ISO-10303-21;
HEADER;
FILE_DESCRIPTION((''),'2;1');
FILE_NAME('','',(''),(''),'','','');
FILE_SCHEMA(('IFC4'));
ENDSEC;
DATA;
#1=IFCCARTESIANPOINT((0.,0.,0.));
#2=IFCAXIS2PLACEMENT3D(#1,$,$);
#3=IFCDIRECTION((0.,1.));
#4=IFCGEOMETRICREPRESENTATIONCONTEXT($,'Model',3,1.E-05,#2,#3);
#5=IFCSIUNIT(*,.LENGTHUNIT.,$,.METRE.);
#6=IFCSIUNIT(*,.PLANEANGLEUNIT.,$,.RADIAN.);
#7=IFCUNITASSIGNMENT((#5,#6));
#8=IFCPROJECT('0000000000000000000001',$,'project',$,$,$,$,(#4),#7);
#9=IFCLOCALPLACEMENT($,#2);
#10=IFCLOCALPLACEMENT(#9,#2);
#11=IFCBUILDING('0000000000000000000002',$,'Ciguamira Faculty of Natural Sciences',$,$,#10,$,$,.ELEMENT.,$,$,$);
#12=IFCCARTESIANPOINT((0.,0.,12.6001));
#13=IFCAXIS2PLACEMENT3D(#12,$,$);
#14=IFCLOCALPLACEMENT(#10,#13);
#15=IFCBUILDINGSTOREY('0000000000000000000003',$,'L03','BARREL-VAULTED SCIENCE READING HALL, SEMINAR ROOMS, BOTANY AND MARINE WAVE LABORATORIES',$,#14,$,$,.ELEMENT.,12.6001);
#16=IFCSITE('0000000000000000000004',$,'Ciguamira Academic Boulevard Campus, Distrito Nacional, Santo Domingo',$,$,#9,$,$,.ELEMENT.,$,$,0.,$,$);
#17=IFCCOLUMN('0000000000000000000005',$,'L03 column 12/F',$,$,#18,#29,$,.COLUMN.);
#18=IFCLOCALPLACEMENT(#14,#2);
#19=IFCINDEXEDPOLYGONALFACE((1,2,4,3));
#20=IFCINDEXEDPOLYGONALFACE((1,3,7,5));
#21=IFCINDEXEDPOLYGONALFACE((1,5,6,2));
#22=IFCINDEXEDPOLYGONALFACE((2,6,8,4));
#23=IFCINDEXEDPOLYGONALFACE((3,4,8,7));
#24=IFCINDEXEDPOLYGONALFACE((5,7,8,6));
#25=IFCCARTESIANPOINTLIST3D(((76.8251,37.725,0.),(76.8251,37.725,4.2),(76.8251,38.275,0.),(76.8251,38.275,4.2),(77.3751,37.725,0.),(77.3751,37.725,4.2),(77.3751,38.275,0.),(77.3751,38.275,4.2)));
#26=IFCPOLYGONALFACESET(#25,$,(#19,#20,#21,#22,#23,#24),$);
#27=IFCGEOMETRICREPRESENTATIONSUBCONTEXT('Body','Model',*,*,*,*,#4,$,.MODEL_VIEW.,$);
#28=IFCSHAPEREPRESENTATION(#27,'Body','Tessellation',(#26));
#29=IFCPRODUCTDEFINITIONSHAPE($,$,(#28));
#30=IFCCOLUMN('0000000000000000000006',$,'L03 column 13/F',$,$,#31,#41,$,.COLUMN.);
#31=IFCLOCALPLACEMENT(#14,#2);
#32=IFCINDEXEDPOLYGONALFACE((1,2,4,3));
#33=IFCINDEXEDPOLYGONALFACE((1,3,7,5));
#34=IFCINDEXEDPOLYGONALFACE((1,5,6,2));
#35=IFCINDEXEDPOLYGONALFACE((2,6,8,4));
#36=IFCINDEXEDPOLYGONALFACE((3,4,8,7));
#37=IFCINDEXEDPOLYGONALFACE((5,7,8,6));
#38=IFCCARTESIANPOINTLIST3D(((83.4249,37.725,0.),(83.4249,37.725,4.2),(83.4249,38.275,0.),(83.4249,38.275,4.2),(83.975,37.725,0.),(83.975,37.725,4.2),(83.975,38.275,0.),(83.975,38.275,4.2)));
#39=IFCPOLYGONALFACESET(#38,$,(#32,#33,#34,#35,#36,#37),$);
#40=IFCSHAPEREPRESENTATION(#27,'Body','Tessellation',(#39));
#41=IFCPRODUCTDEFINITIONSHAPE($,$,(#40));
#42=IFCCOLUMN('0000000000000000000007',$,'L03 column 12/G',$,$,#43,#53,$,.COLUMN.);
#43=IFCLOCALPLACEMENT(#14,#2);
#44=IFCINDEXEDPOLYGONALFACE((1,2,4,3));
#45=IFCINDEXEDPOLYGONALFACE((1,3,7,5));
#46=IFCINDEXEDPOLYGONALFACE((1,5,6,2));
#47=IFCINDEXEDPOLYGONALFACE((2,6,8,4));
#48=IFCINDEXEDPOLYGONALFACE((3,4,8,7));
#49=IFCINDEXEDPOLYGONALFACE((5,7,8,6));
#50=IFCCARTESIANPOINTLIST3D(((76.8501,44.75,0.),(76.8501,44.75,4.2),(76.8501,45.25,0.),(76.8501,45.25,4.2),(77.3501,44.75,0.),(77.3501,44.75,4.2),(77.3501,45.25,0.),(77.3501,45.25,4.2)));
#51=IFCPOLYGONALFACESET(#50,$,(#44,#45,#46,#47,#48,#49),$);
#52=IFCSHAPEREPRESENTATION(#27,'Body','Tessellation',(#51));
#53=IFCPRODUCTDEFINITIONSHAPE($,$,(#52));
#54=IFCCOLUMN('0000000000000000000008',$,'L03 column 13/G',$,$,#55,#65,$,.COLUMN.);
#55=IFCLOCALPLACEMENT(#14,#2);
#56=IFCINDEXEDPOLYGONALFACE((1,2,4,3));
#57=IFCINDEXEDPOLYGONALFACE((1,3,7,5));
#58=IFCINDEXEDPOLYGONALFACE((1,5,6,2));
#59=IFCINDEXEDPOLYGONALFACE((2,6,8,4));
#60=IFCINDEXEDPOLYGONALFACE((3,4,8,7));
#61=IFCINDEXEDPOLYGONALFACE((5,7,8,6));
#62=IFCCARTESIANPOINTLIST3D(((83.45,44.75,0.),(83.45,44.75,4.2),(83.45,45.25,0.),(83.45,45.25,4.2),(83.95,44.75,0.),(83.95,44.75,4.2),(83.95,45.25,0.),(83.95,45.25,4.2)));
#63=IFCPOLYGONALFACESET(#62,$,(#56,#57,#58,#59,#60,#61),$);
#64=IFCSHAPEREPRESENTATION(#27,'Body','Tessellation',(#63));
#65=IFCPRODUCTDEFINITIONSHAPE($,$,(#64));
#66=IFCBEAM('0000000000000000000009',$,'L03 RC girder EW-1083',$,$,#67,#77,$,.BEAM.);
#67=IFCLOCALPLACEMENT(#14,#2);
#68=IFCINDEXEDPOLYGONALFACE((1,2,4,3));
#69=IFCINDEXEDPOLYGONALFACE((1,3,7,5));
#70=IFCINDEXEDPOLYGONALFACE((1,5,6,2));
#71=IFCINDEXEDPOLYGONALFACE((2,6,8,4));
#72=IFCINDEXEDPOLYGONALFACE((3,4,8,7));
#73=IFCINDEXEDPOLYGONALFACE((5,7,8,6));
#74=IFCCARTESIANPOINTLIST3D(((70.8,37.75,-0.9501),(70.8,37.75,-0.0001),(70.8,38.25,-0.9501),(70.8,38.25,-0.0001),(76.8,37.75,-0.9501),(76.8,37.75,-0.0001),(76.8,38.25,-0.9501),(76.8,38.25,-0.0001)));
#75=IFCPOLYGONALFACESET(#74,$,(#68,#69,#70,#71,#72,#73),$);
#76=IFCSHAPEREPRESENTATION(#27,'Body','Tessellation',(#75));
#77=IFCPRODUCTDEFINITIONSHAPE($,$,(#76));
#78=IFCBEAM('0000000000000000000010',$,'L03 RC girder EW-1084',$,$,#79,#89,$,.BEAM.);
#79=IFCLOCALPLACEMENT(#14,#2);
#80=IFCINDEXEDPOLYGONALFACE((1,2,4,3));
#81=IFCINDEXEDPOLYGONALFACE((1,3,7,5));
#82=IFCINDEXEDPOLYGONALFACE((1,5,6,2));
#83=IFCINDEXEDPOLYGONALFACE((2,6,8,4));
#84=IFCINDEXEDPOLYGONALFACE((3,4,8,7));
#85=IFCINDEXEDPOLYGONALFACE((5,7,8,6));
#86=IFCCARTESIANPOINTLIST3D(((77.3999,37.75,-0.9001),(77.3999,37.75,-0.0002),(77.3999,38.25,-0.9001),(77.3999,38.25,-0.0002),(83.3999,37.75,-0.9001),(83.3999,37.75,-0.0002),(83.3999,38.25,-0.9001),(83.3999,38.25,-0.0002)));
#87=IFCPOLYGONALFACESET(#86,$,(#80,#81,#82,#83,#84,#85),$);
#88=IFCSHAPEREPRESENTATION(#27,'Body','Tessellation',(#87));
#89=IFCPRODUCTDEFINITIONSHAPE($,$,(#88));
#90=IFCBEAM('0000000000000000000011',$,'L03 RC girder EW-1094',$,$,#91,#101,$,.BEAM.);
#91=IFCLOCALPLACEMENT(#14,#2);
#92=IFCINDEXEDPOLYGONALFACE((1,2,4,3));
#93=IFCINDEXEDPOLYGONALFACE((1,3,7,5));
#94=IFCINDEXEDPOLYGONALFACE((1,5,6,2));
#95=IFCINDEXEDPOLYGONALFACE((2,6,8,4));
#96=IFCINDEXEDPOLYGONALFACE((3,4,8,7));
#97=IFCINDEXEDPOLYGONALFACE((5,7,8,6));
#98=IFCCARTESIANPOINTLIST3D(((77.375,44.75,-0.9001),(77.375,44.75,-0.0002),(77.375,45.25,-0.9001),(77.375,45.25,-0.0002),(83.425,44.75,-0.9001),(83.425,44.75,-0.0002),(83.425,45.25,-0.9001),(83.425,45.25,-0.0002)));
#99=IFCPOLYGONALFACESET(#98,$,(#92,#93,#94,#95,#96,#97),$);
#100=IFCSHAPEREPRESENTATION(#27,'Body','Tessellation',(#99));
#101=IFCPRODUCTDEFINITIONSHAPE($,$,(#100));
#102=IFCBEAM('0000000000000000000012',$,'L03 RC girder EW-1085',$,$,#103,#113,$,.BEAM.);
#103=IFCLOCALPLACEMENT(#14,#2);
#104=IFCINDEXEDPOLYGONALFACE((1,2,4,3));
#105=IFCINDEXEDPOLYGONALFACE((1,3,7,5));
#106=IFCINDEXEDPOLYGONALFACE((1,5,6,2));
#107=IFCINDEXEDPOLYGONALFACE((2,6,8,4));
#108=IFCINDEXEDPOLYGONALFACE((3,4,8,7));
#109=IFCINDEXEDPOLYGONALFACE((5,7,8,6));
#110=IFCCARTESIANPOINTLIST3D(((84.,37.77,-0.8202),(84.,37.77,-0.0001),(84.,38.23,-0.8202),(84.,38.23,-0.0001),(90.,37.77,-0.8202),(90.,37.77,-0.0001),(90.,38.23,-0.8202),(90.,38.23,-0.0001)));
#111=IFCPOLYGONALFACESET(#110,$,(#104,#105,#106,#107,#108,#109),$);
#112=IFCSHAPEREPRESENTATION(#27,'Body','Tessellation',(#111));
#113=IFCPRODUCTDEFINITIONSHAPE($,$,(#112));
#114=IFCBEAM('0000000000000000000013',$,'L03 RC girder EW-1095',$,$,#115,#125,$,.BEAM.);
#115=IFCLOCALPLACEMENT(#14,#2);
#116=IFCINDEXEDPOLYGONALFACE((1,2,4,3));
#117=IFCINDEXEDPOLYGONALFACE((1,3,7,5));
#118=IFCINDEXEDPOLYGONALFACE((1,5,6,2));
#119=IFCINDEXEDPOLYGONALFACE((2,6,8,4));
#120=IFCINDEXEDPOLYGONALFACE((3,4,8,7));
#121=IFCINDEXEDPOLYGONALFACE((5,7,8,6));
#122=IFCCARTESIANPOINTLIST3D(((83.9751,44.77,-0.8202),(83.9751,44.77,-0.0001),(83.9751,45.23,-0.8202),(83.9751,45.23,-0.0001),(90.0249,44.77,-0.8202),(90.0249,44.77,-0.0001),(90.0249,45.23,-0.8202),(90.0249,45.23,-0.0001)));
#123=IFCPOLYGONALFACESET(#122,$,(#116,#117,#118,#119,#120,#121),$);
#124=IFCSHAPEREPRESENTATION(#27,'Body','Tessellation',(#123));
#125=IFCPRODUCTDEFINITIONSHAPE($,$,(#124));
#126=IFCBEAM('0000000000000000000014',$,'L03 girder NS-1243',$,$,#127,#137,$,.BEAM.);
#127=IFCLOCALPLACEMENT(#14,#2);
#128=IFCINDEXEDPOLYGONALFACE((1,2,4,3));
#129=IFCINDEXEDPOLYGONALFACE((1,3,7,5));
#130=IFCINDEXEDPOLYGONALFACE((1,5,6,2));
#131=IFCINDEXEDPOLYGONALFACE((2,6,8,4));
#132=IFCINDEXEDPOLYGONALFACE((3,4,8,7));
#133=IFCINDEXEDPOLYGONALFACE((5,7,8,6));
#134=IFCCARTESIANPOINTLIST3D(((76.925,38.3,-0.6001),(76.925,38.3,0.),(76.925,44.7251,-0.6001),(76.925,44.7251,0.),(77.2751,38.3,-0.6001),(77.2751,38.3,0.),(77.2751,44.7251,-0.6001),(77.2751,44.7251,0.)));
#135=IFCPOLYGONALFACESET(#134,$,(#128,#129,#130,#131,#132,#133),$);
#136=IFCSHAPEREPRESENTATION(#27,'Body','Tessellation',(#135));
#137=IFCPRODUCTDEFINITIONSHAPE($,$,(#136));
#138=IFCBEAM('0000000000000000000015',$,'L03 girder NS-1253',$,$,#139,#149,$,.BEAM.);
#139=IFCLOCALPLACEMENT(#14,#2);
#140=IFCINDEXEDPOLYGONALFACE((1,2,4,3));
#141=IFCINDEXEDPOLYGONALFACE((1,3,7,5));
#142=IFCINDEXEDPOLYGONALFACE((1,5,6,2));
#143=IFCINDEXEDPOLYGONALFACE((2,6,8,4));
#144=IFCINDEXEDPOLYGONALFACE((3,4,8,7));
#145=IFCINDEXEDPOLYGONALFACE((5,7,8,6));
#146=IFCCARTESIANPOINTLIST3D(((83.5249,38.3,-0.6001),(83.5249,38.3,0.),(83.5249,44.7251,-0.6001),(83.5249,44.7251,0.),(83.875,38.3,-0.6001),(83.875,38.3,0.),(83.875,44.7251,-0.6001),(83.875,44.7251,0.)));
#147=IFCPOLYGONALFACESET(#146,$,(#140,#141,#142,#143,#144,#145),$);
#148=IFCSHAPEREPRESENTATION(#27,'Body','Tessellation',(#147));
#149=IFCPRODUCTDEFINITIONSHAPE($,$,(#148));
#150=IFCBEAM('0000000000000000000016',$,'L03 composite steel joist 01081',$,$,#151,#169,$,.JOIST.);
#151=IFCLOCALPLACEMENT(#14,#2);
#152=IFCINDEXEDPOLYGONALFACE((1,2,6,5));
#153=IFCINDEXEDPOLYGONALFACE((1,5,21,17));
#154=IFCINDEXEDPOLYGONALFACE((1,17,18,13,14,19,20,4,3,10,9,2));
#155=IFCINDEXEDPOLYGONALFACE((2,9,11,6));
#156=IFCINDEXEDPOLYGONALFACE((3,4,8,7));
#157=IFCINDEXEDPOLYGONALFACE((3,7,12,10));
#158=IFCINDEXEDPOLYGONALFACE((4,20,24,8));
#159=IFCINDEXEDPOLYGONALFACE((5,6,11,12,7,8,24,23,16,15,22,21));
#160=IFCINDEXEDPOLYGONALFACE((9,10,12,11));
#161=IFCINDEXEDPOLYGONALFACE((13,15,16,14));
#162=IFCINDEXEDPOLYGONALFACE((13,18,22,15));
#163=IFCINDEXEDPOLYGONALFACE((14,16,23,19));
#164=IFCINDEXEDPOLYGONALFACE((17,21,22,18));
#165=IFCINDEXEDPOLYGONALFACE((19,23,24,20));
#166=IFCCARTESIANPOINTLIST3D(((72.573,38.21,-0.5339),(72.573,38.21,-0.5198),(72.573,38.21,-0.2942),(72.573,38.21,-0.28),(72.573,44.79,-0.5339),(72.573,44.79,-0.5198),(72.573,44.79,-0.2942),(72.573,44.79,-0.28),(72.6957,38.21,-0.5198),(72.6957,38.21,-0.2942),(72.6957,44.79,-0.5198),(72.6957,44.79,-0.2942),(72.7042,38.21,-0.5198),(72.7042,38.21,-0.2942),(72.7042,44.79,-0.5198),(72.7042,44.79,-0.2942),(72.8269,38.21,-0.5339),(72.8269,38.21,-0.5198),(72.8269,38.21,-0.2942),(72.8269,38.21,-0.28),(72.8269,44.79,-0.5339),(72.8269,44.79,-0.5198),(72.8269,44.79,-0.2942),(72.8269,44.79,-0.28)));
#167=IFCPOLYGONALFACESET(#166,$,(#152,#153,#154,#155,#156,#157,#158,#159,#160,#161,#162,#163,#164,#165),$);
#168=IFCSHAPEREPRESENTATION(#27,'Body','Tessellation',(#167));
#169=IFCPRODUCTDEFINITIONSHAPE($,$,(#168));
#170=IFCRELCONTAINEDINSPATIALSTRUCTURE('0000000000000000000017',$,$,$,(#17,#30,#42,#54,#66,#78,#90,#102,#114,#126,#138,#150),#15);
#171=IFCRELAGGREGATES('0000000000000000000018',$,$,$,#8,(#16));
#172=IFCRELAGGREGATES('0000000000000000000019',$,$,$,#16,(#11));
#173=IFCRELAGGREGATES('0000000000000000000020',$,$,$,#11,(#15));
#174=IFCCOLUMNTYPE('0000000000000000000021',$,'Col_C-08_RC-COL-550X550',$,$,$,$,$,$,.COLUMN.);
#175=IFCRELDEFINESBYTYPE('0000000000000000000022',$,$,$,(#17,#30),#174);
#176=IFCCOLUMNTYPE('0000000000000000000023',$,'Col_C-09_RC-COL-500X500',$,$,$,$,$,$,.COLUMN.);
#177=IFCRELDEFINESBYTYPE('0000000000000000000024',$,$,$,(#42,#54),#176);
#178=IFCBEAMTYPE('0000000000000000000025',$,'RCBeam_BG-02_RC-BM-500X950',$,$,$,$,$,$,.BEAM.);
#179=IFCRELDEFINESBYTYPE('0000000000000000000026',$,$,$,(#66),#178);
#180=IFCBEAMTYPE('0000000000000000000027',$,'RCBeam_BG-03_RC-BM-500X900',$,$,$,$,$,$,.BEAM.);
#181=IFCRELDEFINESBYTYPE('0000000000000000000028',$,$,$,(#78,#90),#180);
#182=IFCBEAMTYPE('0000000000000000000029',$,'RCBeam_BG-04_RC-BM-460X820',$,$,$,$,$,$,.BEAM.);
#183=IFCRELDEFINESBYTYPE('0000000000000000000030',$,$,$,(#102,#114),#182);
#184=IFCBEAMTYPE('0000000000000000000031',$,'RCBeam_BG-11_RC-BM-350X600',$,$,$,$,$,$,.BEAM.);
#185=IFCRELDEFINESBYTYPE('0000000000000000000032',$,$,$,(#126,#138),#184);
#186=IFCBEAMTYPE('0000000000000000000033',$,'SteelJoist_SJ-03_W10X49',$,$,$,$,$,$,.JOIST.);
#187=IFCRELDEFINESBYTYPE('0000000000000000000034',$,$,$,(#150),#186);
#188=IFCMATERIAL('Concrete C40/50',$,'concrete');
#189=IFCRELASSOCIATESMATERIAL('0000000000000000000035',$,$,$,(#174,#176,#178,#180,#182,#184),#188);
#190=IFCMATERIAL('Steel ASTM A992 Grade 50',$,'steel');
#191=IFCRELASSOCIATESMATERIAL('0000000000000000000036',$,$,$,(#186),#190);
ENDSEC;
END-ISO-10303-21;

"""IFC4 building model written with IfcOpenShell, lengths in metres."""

from ifc_helpers import new_model, si_unit, direction, frame, origin, origin_2d, place, context, subcontext, project, spatial, rectangle, i_section, extrude, material, material_profile, profile_set, type_object, element, save


model = new_model("IFC4")

# Units and contexts
model_context = context("Model", 3, precision=1e-05, world=origin(), true_north=direction((0.0, 1.0)))
body_context = subcontext(model_context, "Body", "Model", "MODEL_VIEW")
ifc_project = project(units=[si_unit("LENGTHUNIT", "METRE"), si_unit("PLANEANGLEUNIT", "RADIAN")], contexts=[model_context])

# Site, building, storey
site_placement = place(None, origin())
site = spatial("IfcSite", under=ifc_project, at=site_placement, Name="Ciguamira Academic Boulevard Campus, Distrito Nacional, Santo Domingo", CompositionType="ELEMENT", RefElevation=0.0)
building_placement = place(site_placement, origin())
building = spatial("IfcBuilding", under=site, at=building_placement, Name="Ciguamira Faculty of Natural Sciences", CompositionType="ELEMENT")
storey_placement = place(building_placement, frame((0.0, 0.0, 12.6001)))
storey = spatial("IfcBuildingStorey", under=building, at=storey_placement, Name="L03", Description="BARREL-VAULTED SCIENCE READING HALL, SEMINAR ROOMS, BOTANY AND MARINE WAVE LABORATORIES", CompositionType="ELEMENT", Elevation=12.6001)

# Columns
ifc_material_1 = material(Name="Concrete C40/50", Category="concrete")
ifc_material_profile_1 = material_profile(ifc_material_1, rectangle(XDim=0.55, YDim=0.55, at=origin_2d()), Name="RC-COL-550X550")
ifc_profile_set_1 = profile_set([ifc_material_profile_1], Name="Concrete C40/50")
column_type_1 = type_object("IfcColumnType", Name="Col_C-08_RC-COL-550X550", PredefinedType="COLUMN", material=ifc_profile_set_1)
for number, where, z_axis, x_axis, name in (
    (1, (77.1001, 38.0, 0.0), (0.0, 0.0, 1.0), (1.0, 0.0, 0.0), "L03 column 12/F"),
    (2, (83.7, 38.0, 0.0), (0.0, 0.0, 1.0), (1.0, 0.0, 0.0), "L03 column 13/F"),
):
    element("IfcColumn", number, at=place(storey_placement, frame(where, z_axis=z_axis, x_axis=x_axis)), inside=storey, type_object=column_type_1, Name=name, PredefinedType="COLUMN", context=body_context, shape_type="SweptSolid", body=[
        extrude(rectangle(XDim=0.55, YDim=0.55, at=origin_2d()), origin(), (0.0, 0.0, 1.0), 4.2),
    ])
ifc_material_profile_2 = material_profile(ifc_material_1, rectangle(XDim=0.5, YDim=0.5, at=origin_2d()), Name="RC-COL-500X500")
ifc_profile_set_2 = profile_set([ifc_material_profile_2], Name="Concrete C40/50")
column_type_2 = type_object("IfcColumnType", Name="Col_C-09_RC-COL-500X500", PredefinedType="COLUMN", material=ifc_profile_set_2)
for number, where, z_axis, x_axis, name in (
    (3, (77.1001, 45.0, 0.0), (0.0, 0.0, 1.0), (1.0, 0.0, 0.0), "L03 column 12/G"),
    (4, (83.7, 45.0, 0.0), (0.0, 0.0, 1.0), (1.0, 0.0, 0.0), "L03 column 13/G"),
):
    element("IfcColumn", number, at=place(storey_placement, frame(where, z_axis=z_axis, x_axis=x_axis)), inside=storey, type_object=column_type_2, Name=name, PredefinedType="COLUMN", context=body_context, shape_type="SweptSolid", body=[
        extrude(rectangle(XDim=0.5, YDim=0.5, at=origin_2d()), origin(), (0.0, 0.0, 1.0), 4.2),
    ])

# Beams
ifc_material_profile_3 = material_profile(ifc_material_1, rectangle(XDim=0.5, YDim=0.95, at=origin_2d()), Name="RC-BM-500X950")
ifc_profile_set_3 = profile_set([ifc_material_profile_3], Name="Concrete C40/50")
beam_type_1 = type_object("IfcBeamType", Name="RCBeam_BG-02_RC-BM-500X950", PredefinedType="BEAM", material=ifc_profile_set_3)
beam_1_placement = place(storey_placement, frame((70.8, 38.0, -0.4751), z_axis=(1.0, 0.0, 0.0), x_axis=(0.0, 1.0, 0.0)))
element("IfcBeam", 5, at=beam_1_placement, inside=storey, type_object=beam_type_1, Name="L03 RC girder EW-1083", PredefinedType="BEAM", context=body_context, shape_type="SweptSolid", body=[
    extrude(rectangle(XDim=0.5, YDim=0.95, at=origin_2d()), origin(), (0.0, 0.0, 1.0), 6.0),
])
ifc_material_profile_4 = material_profile(ifc_material_1, rectangle(XDim=0.5, YDim=0.8999, at=origin_2d()), Name="RC-BM-500X900")
ifc_profile_set_4 = profile_set([ifc_material_profile_4], Name="Concrete C40/50")
beam_type_2 = type_object("IfcBeamType", Name="RCBeam_BG-03_RC-BM-500X900", PredefinedType="BEAM", material=ifc_profile_set_4)
beam_2_placement = place(storey_placement, frame((77.3999, 38.0, -0.4502), z_axis=(1.0, 0.0, 0.0), x_axis=(0.0, 1.0, 0.0)))
element("IfcBeam", 6, at=beam_2_placement, inside=storey, type_object=beam_type_2, Name="L03 RC girder EW-1084", PredefinedType="BEAM", context=body_context, shape_type="SweptSolid", body=[
    extrude(rectangle(XDim=0.5, YDim=0.8999, at=origin_2d()), origin(), (0.0, 0.0, 1.0), 6.0),
])
beam_3_placement = place(storey_placement, frame((77.375, 45.0, -0.4502), z_axis=(1.0, 0.0, 0.0), x_axis=(0.0, 1.0, 0.0)))
element("IfcBeam", 7, at=beam_3_placement, inside=storey, type_object=beam_type_2, Name="L03 RC girder EW-1094", PredefinedType="BEAM", context=body_context, shape_type="SweptSolid", body=[
    extrude(rectangle(XDim=0.5, YDim=0.8999, at=origin_2d()), origin(), (0.0, 0.0, 1.0), 6.05),
])
ifc_material_profile_5 = material_profile(ifc_material_1, rectangle(XDim=0.46, YDim=0.8201, at=origin_2d()), Name="RC-BM-460X820")
ifc_profile_set_5 = profile_set([ifc_material_profile_5], Name="Concrete C40/50")
beam_type_3 = type_object("IfcBeamType", Name="RCBeam_BG-04_RC-BM-460X820", PredefinedType="BEAM", material=ifc_profile_set_5)
beam_4_placement = place(storey_placement, frame((84.0, 38.0, -0.4102), z_axis=(1.0, 0.0, 0.0), x_axis=(0.0, 1.0, 0.0)))
element("IfcBeam", 8, at=beam_4_placement, inside=storey, type_object=beam_type_3, Name="L03 RC girder EW-1085", PredefinedType="BEAM", context=body_context, shape_type="SweptSolid", body=[
    extrude(rectangle(XDim=0.46, YDim=0.8201, at=origin_2d()), origin(), (0.0, 0.0, 1.0), 6.0),
])
beam_5_placement = place(storey_placement, frame((83.9751, 45.0, -0.4102), z_axis=(1.0, 0.0, 0.0), x_axis=(0.0, 1.0, 0.0)))
element("IfcBeam", 9, at=beam_5_placement, inside=storey, type_object=beam_type_3, Name="L03 RC girder EW-1095", PredefinedType="BEAM", context=body_context, shape_type="SweptSolid", body=[
    extrude(rectangle(XDim=0.46, YDim=0.8201, at=origin_2d()), origin(), (0.0, 0.0, 1.0), 6.0498),
])
ifc_material_profile_6 = material_profile(ifc_material_1, rectangle(XDim=0.3501, YDim=0.6001, at=origin_2d()), Name="RC-BM-350X600")
ifc_profile_set_6 = profile_set([ifc_material_profile_6], Name="Concrete C40/50")
beam_type_4 = type_object("IfcBeamType", Name="RCBeam_BG-11_RC-BM-350X600", PredefinedType="BEAM", material=ifc_profile_set_6)
for number, where, z_axis, x_axis, name in (
    (10, (77.1001, 38.3, -0.3), (0.0, 1.0, 0.0), (-1.0, 0.0, 0.0), "L03 girder NS-1243"),
    (11, (83.7, 38.3, -0.3), (0.0, 1.0, 0.0), (-1.0, 0.0, 0.0), "L03 girder NS-1253"),
):
    element("IfcBeam", number, at=place(storey_placement, frame(where, z_axis=z_axis, x_axis=x_axis)), inside=storey, type_object=beam_type_4, Name=name, PredefinedType="BEAM", context=body_context, shape_type="SweptSolid", body=[
        extrude(rectangle(XDim=0.3501, YDim=0.6001, at=origin_2d()), origin(), (0.0, 0.0, 1.0), 6.425),
    ])
ifc_material_2 = material(Name="Steel ASTM A992 Grade 50", Category="steel")
ifc_material_profile_7 = material_profile(ifc_material_2, i_section(OverallWidth=0.2539, OverallDepth=0.2539, WebThickness=0.0085, FlangeThickness=0.0142, at=origin_2d()), Name="W10X49")
ifc_profile_set_7 = profile_set([ifc_material_profile_7], Name="Steel ASTM A992 Grade 50")
beam_type_5 = type_object("IfcBeamType", Name="SteelJoist_SJ-03_W10X49", PredefinedType="JOIST", material=ifc_profile_set_7)
beam_6_placement = place(storey_placement, frame((72.7, 38.21, -0.407), z_axis=(0.0, 1.0, 0.0), x_axis=(-1.0, 0.0, 0.0)))
element("IfcBeam", 12, at=beam_6_placement, inside=storey, type_object=beam_type_5, Name="L03 composite steel joist 01081", PredefinedType="JOIST", context=body_context, shape_type="SweptSolid", body=[
    extrude(i_section(OverallWidth=0.2539, OverallDepth=0.2539, WebThickness=0.0085, FlangeThickness=0.0142, at=origin_2d()), origin(), (0.0, 0.0, 1.0), 6.5801),
])

save(model, "model.ifc")
